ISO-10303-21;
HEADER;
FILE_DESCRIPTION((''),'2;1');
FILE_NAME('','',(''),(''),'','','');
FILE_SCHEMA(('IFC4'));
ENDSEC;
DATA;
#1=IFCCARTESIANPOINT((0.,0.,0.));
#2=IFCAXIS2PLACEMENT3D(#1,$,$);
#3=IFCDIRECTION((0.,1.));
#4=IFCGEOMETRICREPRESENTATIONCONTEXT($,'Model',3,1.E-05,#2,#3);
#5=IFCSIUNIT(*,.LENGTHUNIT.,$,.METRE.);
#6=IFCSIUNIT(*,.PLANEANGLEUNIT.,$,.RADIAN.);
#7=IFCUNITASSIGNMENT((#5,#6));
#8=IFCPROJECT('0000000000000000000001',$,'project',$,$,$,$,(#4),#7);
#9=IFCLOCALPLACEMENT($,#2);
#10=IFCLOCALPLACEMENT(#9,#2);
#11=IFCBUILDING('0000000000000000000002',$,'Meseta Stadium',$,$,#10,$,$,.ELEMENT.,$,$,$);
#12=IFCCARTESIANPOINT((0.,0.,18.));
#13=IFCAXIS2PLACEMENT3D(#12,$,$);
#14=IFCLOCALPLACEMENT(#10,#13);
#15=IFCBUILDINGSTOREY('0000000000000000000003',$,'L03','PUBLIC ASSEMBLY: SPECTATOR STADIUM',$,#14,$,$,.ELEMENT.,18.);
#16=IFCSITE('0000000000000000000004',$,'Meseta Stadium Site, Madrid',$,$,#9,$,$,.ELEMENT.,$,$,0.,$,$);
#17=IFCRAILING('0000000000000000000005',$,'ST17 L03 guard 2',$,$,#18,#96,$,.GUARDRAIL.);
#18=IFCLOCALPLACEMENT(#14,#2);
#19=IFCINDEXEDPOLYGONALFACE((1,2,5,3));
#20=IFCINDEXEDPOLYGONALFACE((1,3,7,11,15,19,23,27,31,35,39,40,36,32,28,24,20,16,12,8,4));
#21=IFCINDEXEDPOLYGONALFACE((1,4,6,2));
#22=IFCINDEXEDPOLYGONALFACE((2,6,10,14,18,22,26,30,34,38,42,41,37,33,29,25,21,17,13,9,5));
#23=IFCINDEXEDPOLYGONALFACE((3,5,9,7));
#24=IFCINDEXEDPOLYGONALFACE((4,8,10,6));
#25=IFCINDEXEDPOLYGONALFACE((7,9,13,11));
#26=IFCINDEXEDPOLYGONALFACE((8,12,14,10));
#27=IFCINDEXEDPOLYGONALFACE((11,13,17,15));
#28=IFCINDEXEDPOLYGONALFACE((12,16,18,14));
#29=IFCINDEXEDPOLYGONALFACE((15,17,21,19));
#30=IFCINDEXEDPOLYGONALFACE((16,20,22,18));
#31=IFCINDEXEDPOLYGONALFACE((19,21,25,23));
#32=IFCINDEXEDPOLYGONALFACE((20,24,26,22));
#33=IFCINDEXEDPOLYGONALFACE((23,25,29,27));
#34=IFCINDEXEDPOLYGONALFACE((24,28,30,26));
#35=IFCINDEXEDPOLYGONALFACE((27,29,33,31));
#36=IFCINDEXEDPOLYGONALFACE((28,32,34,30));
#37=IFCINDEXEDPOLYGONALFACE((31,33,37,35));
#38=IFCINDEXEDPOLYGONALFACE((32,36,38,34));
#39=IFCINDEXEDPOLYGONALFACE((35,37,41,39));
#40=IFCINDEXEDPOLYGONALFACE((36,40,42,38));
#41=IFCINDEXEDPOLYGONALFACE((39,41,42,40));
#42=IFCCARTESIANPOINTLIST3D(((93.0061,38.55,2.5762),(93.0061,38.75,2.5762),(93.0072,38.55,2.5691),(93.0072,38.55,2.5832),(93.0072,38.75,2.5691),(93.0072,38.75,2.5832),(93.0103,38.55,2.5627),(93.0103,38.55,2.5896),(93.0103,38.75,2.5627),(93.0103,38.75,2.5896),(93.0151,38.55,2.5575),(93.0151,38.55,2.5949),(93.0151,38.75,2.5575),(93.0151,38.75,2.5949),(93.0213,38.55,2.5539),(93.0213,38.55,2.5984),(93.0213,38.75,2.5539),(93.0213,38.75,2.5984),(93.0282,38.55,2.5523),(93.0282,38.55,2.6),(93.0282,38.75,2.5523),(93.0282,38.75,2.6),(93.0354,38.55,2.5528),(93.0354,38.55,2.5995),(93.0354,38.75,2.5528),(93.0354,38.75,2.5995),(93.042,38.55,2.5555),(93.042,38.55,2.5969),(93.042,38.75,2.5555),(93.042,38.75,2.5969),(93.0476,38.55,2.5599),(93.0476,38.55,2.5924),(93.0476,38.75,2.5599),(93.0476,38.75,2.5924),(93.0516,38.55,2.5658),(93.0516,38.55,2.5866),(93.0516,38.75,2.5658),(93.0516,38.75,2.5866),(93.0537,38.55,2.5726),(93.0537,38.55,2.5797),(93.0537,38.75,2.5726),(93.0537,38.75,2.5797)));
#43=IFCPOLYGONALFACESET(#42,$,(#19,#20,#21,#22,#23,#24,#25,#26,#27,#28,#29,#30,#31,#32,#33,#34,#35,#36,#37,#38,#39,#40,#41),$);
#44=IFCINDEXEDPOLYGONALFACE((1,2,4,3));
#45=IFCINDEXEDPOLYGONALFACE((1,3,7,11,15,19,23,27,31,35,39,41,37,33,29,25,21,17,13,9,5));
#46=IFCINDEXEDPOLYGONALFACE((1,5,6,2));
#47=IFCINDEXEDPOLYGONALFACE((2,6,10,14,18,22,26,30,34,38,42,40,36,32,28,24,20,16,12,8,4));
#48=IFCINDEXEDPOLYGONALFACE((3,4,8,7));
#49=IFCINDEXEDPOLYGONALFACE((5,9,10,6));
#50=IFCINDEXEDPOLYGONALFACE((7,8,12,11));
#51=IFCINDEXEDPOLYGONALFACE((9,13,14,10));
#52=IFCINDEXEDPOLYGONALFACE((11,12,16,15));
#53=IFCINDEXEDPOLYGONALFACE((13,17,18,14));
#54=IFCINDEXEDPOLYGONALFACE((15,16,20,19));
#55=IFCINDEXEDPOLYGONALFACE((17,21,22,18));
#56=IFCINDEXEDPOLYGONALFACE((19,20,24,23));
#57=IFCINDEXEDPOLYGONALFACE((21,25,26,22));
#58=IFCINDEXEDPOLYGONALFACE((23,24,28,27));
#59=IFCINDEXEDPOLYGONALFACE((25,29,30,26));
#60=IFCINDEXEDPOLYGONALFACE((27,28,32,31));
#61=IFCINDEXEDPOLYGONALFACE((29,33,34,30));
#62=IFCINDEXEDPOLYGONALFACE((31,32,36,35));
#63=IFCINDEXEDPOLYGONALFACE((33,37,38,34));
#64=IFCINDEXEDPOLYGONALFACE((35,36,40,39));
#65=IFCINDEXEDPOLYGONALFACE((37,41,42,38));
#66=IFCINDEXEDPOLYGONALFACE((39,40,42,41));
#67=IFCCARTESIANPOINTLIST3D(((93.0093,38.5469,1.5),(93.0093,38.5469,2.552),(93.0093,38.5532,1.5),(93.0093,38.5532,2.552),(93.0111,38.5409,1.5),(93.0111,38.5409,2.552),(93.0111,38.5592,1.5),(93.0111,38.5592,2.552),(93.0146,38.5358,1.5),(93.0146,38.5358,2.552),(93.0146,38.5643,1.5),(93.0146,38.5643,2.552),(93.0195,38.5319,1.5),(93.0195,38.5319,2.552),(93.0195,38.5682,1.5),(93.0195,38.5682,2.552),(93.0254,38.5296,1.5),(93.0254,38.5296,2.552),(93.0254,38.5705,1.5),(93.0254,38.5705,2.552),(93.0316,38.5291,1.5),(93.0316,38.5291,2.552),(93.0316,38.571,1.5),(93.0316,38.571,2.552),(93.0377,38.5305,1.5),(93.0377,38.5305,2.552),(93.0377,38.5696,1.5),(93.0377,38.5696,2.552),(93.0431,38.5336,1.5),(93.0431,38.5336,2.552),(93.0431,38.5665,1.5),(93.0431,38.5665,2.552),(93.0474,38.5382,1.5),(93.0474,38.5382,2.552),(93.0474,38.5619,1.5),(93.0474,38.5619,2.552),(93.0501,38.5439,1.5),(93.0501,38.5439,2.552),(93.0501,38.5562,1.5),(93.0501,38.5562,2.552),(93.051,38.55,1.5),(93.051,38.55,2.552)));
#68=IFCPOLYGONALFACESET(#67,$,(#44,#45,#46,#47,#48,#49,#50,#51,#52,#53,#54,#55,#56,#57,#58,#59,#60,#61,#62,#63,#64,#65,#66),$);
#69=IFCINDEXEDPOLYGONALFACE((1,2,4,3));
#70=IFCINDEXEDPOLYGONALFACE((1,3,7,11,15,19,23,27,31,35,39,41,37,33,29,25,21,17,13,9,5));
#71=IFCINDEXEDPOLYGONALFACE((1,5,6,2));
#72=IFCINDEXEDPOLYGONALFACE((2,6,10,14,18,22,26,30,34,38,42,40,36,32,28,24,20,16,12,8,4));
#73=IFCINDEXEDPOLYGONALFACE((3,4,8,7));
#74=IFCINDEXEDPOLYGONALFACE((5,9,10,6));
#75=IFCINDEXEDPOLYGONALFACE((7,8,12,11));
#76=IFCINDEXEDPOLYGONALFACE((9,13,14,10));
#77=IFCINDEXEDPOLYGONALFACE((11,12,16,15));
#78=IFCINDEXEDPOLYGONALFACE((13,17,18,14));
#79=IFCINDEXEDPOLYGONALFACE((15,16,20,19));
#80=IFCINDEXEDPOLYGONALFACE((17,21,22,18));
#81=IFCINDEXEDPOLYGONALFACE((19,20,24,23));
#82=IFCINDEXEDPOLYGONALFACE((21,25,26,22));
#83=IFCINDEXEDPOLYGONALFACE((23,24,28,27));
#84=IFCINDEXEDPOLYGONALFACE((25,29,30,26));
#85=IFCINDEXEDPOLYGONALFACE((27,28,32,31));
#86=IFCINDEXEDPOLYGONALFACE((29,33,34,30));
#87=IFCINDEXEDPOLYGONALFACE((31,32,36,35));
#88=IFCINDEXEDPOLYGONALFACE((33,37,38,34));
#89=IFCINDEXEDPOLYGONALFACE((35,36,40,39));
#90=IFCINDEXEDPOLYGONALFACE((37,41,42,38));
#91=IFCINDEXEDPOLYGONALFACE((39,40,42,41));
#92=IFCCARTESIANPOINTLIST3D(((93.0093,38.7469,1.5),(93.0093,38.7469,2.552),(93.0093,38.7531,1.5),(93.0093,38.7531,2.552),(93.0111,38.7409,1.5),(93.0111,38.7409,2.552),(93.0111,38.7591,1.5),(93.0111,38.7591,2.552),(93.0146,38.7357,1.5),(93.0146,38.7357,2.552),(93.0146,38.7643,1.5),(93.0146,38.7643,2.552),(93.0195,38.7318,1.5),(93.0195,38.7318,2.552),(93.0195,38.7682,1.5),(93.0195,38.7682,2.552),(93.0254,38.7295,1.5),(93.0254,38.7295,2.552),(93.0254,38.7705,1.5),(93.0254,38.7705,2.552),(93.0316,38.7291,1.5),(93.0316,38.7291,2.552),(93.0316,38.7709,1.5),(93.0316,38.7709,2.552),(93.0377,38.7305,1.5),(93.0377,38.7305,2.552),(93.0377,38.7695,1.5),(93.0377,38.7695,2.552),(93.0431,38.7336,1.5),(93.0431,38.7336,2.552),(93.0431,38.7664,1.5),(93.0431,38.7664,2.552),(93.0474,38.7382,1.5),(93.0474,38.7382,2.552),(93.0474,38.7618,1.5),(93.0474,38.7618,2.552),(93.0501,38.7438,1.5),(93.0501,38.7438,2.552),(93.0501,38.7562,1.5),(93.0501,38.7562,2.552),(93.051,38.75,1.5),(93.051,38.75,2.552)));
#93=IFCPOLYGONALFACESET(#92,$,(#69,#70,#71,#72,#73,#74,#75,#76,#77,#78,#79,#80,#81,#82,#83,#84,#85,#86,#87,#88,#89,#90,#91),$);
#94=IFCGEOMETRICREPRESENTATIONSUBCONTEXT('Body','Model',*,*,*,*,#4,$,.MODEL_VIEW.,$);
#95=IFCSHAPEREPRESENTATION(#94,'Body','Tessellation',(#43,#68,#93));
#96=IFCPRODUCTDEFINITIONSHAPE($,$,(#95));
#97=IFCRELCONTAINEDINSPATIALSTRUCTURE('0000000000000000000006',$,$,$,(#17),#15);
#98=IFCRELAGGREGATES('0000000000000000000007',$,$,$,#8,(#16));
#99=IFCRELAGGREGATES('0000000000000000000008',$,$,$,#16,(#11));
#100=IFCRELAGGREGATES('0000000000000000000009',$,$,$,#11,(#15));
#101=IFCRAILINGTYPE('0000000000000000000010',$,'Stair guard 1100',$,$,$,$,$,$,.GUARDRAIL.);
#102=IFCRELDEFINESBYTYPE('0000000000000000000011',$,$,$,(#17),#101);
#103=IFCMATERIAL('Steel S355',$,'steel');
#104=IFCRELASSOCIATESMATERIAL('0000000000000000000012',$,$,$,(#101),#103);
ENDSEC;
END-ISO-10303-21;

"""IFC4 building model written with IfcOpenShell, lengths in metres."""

from ifc_helpers import new_model, si_unit, direction, frame, origin, origin_2d, place, context, subcontext, project, spatial, circle, extrude, material, type_object, element, save


model = new_model("IFC4")

# Units and contexts
model_context = context("Model", 3, precision=1e-05, world=origin(), true_north=direction((0.0, 1.0)))
body_context = subcontext(model_context, "Body", "Model", "MODEL_VIEW")
ifc_project = project(units=[si_unit("LENGTHUNIT", "METRE"), si_unit("PLANEANGLEUNIT", "RADIAN")], contexts=[model_context])

# Site, building, storey
site_placement = place(None, origin())
site = spatial("IfcSite", under=ifc_project, at=site_placement, Name="Meseta Stadium Site, Madrid", CompositionType="ELEMENT", RefElevation=0.0)
building_placement = place(site_placement, origin())
building = spatial("IfcBuilding", under=site, at=building_placement, Name="Meseta Stadium", CompositionType="ELEMENT")
storey_placement = place(building_placement, frame((0.0, 0.0, 18.0)))
storey = spatial("IfcBuildingStorey", under=building, at=storey_placement, Name="L03", Description="PUBLIC ASSEMBLY: SPECTATOR STADIUM", CompositionType="ELEMENT", Elevation=18.0)

# Railing
ifc_material_1 = material(Name="Steel S355", Category="steel")
railing_type_1 = type_object("IfcRailingType", Name="Stair guard 1100", PredefinedType="GUARDRAIL", material=ifc_material_1)
railing_1_placement = place(storey_placement, frame((93.03, 38.55, 1.5)))
element("IfcRailing", 1, at=railing_1_placement, inside=storey, type_object=railing_type_1, Name="ST17 L03 guard 2", PredefinedType="GUARDRAIL", context=body_context, shape_type="SweptSolid", body=[
    extrude(circle(Radius=0.0239, at=origin_2d()), frame((0.0, 0.0, 1.0762), z_axis=(0.0, 1.0, 0.0), x_axis=(-1.0, 0.0, 0.0)), (0.0, 0.0, 1.0), 0.2),
    extrude(circle(Radius=0.021, at=origin_2d()), origin(), (0.0, 0.0, 1.0), 1.052),
    extrude(circle(Radius=0.021, at=origin_2d()), frame((0.0, 0.2, 0.0)), (0.0, 0.0, 1.0), 1.052),
])

save(model, "model.ifc")
